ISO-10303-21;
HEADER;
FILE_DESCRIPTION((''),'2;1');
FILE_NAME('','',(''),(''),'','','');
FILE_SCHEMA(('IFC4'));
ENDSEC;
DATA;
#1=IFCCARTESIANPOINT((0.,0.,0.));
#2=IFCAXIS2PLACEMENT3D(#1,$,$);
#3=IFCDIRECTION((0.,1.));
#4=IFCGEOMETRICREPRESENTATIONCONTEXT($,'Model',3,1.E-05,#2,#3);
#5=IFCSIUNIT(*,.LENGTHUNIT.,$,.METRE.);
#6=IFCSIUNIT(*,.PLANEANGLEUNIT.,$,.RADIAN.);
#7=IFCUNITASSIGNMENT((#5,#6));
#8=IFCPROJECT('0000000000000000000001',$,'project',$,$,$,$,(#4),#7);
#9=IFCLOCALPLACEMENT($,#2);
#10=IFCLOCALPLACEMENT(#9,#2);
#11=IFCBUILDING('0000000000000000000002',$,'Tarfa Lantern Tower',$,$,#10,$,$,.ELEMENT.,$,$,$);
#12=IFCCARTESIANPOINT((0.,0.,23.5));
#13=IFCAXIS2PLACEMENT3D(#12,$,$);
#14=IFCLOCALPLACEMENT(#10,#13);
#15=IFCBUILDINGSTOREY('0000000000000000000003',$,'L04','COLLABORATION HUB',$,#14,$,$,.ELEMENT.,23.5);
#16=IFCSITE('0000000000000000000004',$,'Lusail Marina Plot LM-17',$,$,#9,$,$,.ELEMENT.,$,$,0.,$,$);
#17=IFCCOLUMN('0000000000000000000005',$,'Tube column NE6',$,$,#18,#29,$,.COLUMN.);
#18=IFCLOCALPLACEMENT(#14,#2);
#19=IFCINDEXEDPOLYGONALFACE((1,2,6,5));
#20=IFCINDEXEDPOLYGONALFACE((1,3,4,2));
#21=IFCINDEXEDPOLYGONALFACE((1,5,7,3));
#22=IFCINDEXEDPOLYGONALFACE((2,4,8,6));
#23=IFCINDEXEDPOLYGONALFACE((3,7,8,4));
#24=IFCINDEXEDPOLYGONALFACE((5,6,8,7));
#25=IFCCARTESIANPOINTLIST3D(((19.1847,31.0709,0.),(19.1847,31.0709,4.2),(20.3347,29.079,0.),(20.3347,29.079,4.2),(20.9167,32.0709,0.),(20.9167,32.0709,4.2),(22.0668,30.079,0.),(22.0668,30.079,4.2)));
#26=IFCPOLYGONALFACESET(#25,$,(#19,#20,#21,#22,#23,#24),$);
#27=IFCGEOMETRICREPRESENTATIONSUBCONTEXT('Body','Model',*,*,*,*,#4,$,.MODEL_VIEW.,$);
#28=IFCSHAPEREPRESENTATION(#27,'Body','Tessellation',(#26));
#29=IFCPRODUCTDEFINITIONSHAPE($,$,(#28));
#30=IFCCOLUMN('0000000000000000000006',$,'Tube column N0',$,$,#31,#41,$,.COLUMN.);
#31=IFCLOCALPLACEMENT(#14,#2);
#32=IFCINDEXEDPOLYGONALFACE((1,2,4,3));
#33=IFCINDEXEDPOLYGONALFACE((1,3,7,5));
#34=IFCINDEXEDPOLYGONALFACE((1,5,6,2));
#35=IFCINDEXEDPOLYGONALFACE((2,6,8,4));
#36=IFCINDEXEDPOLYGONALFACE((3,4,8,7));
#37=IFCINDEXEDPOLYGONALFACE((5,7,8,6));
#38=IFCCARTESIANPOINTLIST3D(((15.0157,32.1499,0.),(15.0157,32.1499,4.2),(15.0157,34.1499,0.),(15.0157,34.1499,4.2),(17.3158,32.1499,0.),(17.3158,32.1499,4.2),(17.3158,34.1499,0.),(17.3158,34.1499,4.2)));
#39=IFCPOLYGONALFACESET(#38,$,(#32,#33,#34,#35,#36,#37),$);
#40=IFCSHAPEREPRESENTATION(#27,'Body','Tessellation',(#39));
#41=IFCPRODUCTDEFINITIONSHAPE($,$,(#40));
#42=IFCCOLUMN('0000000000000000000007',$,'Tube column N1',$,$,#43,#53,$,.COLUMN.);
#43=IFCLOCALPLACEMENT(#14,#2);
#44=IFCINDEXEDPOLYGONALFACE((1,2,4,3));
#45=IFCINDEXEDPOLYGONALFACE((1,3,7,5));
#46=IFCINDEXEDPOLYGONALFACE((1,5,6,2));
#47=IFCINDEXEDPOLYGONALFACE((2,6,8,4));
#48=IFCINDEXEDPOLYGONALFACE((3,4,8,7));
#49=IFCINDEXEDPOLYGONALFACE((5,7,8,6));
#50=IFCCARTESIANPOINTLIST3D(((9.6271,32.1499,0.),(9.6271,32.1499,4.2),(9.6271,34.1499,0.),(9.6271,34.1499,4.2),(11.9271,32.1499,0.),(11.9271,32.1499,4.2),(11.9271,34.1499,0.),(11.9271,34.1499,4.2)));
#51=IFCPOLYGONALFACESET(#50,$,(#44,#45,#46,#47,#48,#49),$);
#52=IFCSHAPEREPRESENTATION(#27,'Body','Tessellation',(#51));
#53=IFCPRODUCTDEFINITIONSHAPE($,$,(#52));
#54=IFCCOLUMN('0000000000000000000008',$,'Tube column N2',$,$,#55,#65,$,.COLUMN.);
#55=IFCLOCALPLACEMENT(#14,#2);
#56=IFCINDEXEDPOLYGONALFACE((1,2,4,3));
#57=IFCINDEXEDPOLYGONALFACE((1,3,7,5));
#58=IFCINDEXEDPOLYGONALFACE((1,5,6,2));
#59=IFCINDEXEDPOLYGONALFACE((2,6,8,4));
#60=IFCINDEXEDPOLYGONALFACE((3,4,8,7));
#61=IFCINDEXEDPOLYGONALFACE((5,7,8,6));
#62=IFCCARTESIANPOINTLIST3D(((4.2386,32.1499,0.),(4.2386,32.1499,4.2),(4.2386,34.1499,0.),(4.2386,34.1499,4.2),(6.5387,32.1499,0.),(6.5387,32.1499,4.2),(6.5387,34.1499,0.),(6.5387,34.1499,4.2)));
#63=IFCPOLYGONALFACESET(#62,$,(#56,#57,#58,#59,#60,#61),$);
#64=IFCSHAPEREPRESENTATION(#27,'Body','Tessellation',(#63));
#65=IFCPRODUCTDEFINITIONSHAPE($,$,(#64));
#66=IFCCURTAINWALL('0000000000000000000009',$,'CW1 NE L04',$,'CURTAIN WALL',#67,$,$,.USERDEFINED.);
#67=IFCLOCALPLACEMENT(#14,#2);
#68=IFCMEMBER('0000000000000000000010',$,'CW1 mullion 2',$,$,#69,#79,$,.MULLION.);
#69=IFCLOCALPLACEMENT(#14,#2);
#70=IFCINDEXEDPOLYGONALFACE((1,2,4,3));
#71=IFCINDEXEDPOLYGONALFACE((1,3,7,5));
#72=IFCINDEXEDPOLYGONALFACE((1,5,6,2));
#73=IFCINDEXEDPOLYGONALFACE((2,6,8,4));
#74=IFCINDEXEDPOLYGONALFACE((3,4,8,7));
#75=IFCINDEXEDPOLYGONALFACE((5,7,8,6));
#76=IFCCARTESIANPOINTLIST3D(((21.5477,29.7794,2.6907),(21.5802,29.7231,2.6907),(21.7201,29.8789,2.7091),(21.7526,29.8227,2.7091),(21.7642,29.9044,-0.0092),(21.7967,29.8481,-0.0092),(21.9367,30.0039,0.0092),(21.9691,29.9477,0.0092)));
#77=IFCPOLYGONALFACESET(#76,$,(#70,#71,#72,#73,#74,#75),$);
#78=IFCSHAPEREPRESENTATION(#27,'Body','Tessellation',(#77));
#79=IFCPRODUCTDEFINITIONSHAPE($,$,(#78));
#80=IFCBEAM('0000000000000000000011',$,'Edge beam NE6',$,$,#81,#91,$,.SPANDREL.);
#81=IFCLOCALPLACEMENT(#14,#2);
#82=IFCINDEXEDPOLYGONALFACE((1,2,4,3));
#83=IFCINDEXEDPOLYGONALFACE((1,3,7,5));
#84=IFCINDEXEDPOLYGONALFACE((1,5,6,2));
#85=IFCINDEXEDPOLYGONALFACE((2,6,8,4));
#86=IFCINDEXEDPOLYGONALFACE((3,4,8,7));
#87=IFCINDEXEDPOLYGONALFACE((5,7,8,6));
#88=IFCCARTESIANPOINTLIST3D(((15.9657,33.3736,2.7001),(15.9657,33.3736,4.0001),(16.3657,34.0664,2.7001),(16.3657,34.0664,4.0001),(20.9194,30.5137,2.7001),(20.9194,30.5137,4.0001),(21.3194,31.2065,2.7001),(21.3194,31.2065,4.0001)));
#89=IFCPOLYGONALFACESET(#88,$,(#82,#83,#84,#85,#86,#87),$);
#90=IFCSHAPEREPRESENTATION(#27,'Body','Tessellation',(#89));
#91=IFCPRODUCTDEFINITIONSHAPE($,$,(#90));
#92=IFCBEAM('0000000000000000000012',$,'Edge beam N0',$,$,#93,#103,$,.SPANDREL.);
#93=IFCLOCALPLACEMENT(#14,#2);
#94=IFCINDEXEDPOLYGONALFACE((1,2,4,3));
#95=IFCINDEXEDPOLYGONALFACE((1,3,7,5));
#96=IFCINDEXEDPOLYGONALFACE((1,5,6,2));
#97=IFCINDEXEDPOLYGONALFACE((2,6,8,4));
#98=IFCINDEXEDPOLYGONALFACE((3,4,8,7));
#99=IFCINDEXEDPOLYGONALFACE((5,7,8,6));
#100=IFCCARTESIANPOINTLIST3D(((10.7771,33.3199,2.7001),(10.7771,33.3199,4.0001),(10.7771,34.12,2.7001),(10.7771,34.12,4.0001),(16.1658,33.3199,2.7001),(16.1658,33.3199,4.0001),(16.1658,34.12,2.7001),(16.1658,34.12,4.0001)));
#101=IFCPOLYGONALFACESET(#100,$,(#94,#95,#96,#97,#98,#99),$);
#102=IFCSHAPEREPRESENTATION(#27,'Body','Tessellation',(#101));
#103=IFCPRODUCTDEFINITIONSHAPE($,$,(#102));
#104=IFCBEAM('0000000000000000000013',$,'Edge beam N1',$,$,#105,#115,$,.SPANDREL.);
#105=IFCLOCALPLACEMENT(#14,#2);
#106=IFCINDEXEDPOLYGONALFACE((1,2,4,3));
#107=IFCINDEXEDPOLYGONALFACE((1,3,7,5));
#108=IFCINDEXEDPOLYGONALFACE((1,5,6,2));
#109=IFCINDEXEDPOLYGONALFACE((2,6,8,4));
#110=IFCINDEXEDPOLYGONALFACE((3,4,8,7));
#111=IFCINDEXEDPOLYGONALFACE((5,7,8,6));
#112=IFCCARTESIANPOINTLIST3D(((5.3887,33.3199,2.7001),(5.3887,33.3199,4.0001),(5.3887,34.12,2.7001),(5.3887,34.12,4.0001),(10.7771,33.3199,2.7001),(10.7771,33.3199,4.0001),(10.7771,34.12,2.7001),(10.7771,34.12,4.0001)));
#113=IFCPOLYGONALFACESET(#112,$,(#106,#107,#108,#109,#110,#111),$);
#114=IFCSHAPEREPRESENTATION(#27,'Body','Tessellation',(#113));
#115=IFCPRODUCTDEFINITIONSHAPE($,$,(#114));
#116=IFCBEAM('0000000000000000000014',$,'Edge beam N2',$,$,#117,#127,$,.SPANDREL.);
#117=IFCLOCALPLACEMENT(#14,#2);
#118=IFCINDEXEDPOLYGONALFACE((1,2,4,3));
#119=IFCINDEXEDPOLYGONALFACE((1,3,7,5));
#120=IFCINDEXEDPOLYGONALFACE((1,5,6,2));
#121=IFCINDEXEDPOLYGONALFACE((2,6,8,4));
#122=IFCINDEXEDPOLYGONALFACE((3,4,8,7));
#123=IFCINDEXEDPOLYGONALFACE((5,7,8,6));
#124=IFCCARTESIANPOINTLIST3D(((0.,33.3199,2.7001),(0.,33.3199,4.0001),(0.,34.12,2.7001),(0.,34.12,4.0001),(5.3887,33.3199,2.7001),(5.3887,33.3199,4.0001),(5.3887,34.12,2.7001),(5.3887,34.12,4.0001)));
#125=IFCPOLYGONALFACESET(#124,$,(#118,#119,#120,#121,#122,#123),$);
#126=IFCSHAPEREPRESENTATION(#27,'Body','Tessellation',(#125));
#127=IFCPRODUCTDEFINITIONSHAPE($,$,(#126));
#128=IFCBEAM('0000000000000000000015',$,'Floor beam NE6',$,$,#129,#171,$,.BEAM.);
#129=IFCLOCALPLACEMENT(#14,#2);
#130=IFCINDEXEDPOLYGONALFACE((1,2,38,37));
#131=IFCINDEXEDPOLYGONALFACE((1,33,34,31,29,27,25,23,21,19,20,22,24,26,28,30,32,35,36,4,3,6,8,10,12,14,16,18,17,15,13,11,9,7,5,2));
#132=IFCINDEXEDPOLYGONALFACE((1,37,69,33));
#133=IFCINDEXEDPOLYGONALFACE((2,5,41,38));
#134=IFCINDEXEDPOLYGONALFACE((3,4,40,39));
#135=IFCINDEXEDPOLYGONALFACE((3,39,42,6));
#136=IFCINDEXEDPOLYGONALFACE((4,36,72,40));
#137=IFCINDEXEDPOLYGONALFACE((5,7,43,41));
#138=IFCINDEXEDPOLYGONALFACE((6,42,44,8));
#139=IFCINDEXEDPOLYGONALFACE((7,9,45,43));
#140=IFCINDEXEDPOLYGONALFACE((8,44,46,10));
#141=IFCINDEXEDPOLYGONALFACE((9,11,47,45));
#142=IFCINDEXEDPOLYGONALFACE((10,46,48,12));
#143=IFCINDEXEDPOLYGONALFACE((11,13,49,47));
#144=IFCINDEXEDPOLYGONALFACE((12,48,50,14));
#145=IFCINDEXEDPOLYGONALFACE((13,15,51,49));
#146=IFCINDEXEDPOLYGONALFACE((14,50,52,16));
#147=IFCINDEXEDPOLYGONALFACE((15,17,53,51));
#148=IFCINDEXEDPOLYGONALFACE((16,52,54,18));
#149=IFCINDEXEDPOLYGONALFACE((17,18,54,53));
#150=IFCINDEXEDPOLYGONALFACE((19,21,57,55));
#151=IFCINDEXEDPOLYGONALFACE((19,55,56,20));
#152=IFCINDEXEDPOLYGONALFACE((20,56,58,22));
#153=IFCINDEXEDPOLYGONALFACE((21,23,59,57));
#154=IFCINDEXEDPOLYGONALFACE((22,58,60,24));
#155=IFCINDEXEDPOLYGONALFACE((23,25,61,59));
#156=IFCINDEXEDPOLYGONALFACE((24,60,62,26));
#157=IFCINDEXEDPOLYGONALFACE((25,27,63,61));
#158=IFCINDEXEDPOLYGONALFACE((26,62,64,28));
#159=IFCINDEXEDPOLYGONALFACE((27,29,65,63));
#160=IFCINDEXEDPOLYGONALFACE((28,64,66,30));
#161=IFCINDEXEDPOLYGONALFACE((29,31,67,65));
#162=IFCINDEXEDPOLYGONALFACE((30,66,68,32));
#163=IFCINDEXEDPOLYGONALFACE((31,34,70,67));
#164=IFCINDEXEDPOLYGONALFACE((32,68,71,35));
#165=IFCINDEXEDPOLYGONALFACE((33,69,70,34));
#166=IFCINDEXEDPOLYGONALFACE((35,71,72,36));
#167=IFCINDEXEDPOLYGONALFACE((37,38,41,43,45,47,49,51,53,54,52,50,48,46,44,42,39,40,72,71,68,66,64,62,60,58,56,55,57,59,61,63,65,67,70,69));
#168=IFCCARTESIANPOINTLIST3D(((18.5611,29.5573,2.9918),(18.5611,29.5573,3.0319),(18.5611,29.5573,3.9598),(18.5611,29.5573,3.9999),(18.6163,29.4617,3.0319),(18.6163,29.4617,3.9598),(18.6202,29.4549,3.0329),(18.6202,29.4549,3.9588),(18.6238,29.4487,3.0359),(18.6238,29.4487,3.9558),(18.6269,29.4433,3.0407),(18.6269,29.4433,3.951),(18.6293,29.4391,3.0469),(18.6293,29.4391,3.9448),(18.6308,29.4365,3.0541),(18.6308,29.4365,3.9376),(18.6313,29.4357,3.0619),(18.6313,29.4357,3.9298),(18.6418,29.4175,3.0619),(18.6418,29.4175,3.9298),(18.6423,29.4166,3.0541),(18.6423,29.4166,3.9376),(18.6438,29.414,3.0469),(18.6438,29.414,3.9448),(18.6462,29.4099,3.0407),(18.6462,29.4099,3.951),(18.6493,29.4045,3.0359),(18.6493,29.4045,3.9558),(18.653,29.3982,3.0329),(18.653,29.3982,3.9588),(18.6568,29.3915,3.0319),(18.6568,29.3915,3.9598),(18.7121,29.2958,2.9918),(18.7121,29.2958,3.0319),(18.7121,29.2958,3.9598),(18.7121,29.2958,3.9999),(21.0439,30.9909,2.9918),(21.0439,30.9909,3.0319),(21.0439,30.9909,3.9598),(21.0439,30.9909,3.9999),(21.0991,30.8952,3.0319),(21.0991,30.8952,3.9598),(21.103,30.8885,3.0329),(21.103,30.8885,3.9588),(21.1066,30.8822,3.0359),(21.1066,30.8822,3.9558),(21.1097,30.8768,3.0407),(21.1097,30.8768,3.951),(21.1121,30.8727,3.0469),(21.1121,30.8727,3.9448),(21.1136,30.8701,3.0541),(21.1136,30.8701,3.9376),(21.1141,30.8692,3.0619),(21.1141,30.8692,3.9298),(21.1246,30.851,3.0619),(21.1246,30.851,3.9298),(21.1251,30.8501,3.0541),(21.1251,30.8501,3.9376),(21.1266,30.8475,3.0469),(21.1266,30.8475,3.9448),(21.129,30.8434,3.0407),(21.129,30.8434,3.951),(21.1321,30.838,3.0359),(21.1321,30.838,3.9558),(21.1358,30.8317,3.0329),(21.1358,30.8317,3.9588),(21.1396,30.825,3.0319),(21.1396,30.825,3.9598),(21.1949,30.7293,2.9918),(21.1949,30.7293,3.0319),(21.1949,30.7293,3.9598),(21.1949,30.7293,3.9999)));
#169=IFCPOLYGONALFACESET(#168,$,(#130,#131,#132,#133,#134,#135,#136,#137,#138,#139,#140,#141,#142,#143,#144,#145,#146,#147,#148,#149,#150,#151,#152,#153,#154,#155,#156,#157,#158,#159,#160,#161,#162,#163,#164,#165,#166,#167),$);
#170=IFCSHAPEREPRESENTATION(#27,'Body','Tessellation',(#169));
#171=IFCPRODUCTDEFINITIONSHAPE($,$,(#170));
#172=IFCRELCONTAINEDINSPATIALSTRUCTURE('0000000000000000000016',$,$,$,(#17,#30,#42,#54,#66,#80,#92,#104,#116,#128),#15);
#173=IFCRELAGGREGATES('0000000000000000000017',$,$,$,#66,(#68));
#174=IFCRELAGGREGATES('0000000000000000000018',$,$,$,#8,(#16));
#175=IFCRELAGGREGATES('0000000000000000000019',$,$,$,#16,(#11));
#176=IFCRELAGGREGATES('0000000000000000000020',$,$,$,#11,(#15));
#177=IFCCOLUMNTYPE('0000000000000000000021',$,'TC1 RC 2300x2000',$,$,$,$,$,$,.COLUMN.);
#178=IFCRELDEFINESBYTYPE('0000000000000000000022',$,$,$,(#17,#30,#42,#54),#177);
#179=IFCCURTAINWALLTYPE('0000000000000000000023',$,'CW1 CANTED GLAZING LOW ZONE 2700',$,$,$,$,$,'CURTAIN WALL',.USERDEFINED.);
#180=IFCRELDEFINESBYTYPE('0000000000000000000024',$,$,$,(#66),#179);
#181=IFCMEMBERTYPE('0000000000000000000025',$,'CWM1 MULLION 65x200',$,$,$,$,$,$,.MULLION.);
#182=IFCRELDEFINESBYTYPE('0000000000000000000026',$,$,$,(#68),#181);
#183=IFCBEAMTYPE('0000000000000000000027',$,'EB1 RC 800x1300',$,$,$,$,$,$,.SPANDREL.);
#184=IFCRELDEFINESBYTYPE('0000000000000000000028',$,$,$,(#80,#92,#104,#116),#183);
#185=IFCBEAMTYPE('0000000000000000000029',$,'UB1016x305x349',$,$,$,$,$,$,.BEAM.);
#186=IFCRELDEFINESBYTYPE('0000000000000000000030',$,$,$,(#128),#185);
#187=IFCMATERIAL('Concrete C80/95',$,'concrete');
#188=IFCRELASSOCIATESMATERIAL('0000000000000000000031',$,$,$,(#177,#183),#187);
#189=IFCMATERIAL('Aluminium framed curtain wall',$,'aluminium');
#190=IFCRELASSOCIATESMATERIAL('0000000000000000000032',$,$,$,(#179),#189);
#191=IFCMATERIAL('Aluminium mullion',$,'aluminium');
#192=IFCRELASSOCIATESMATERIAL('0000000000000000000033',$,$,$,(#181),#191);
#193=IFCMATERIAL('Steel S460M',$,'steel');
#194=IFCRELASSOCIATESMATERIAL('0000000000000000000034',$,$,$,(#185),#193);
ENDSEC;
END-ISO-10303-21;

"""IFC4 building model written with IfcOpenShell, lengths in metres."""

from ifc_helpers import new_model, si_unit, direction, frame, origin, origin_2d, place, context, subcontext, project, spatial, rectangle, i_section, extrude, material, material_profile, profile_set, type_object, element, aggregate, save


model = new_model("IFC4")

# Units and contexts
model_context = context("Model", 3, precision=1e-05, world=origin(), true_north=direction((0.0, 1.0)))
body_context = subcontext(model_context, "Body", "Model", "MODEL_VIEW")
ifc_project = project(units=[si_unit("LENGTHUNIT", "METRE"), si_unit("PLANEANGLEUNIT", "RADIAN")], contexts=[model_context])

# Site, building, storey
site_placement = place(None, origin())
site = spatial("IfcSite", under=ifc_project, at=site_placement, Name="Lusail Marina Plot LM-17", CompositionType="ELEMENT", RefElevation=0.0)
building_placement = place(site_placement, origin())
building = spatial("IfcBuilding", under=site, at=building_placement, Name="Tarfa Lantern Tower", CompositionType="ELEMENT")
storey_placement = place(building_placement, frame((0.0, 0.0, 23.5)))
storey = spatial("IfcBuildingStorey", under=building, at=storey_placement, Name="L04", Description="COLLABORATION HUB", CompositionType="ELEMENT", Elevation=23.5)

# Columns
ifc_material_1 = material(Name="Concrete C80/95", Category="concrete")
ifc_material_profile_1 = material_profile(ifc_material_1, rectangle(XDim=2.3, YDim=2.0, at=origin_2d()), Name="RC 2300x2000")
ifc_profile_set_1 = profile_set([ifc_material_profile_1], Name="Concrete C80/95")
column_type = type_object("IfcColumnType", Name="TC1 RC 2300x2000", PredefinedType="COLUMN", material=ifc_profile_set_1)
for number, where, z_axis, x_axis, name in (
    (1, (20.6257, 30.575, 0.0), (0.0, 0.0, 1.0), (-0.5, 0.866025, 0.0), "Tube column NE6"),
    (2, (16.1658, 33.1499, 0.0), (0.0, 0.0, 1.0), (-1.0, 0.0, 0.0), "Tube column N0"),
    (3, (10.7771, 33.1499, 0.0), (0.0, 0.0, 1.0), (-1.0, 0.0, 0.0), "Tube column N1"),
    (4, (5.3887, 33.1499, 0.0), (0.0, 0.0, 1.0), (-1.0, 0.0, 0.0), "Tube column N2"),
):
    element("IfcColumn", number, at=place(storey_placement, frame(where, z_axis=z_axis, x_axis=x_axis)), inside=storey, type_object=column_type, Name=name, PredefinedType="COLUMN", context=body_context, shape_type="SweptSolid", body=[
        extrude(rectangle(XDim=2.3, YDim=2.0, at=origin_2d()), origin(), (0.0, 0.0, 1.0), 4.2),
    ])

# Curtain wall, member
ifc_material_2 = material(Name="Aluminium framed curtain wall", Category="aluminium")
curtain_wall_type = type_object("IfcCurtainWallType", Name="CW1 CANTED GLAZING LOW ZONE 2700", ElementType="CURTAIN WALL", PredefinedType="USERDEFINED", material=ifc_material_2)
curtain_wall_placement = place(storey_placement, origin())
curtain_wall = element("IfcCurtainWall", 5, at=curtain_wall_placement, inside=storey, type_object=curtain_wall_type, Name="CW1 NE L04", ObjectType="CURTAIN WALL", PredefinedType="USERDEFINED")
ifc_material_3 = material(Name="Aluminium mullion", Category="aluminium")
ifc_material_profile_2 = material_profile(ifc_material_3, rectangle(XDim=0.0649, YDim=0.2, at=origin_2d()), Name="AL MULLION 65x200")
ifc_profile_set_2 = profile_set([ifc_material_profile_2], Name="Aluminium mullion")
member_type = type_object("IfcMemberType", Name="CWM1 MULLION 65x200", PredefinedType="MULLION", material=ifc_profile_set_2)
member_placement = place(storey_placement, frame((21.8667, 29.926, 0.0), z_axis=(-0.079864, -0.0461, 0.995739), x_axis=(0.49992, -0.866072, 0.0)))
member = element("IfcMember", 6, at=member_placement, type_object=member_type, Name="CW1 mullion 2", PredefinedType="MULLION", context=body_context, shape_type="SweptSolid", body=[
    extrude(rectangle(XDim=0.0649, YDim=0.2, at=origin_2d()), origin(), (0.0, 0.0, 1.0), 2.7114),
])
aggregate(curtain_wall, [member])

# Beams
ifc_material_profile_3 = material_profile(ifc_material_1, rectangle(XDim=0.8, YDim=1.3, at=origin_2d()), Name="RC 800x1300")
ifc_profile_set_3 = profile_set([ifc_material_profile_3], Name="Concrete C80/95")
beam_type_1 = type_object("IfcBeamType", Name="EB1 RC 800x1300", PredefinedType="SPANDREL", material=ifc_profile_set_3)
beam_1_placement = place(storey_placement, frame((21.1194, 30.8601, 3.3501), z_axis=(-0.866033, 0.499986, 0.0), x_axis=(-0.499986, -0.866033, 0.0)))
element("IfcBeam", 7, at=beam_1_placement, inside=storey, type_object=beam_type_1, Name="Edge beam NE6", PredefinedType="SPANDREL", context=body_context, shape_type="SweptSolid", body=[
    extrude(rectangle(XDim=0.8, YDim=1.3, at=origin_2d()), origin(), (0.0, 0.0, 1.0), 5.72),
])
beam_2_placement = place(storey_placement, frame((16.1658, 33.72, 3.3501), z_axis=(-1.0, 0.0, 0.0), x_axis=(0.0, -1.0, 0.0)))
element("IfcBeam", 8, at=beam_2_placement, inside=storey, type_object=beam_type_1, Name="Edge beam N0", PredefinedType="SPANDREL", context=body_context, shape_type="SweptSolid", body=[
    extrude(rectangle(XDim=0.8, YDim=1.3, at=origin_2d()), origin(), (0.0, 0.0, 1.0), 5.3887),
])
beam_3_placement = place(storey_placement, frame((10.7771, 33.72, 3.3501), z_axis=(-1.0, 0.0, 0.0), x_axis=(0.0, -1.0, 0.0)))
element("IfcBeam", 9, at=beam_3_placement, inside=storey, type_object=beam_type_1, Name="Edge beam N1", PredefinedType="SPANDREL", context=body_context, shape_type="SweptSolid", body=[
    extrude(rectangle(XDim=0.8, YDim=1.3, at=origin_2d()), origin(), (0.0, 0.0, 1.0), 5.3884),
])
beam_4_placement = place(storey_placement, frame((5.3887, 33.72, 3.3501), z_axis=(-1.0, 0.0, 0.0), x_axis=(0.0, -1.0, 0.0)))
element("IfcBeam", 10, at=beam_4_placement, inside=storey, type_object=beam_type_1, Name="Edge beam N2", PredefinedType="SPANDREL", context=body_context, shape_type="SweptSolid", body=[
    extrude(rectangle(XDim=0.8, YDim=1.3, at=origin_2d()), origin(), (0.0, 0.0, 1.0), 5.3887),
])
ifc_material_4 = material(Name="Steel S460M", Category="steel")
ifc_material_profile_4 = material_profile(ifc_material_4, i_section(OverallWidth=0.302, OverallDepth=1.0081, WebThickness=0.021, FlangeThickness=0.04, FilletRadius=0.03, at=origin_2d()), Name="UB1016x305x349")
ifc_profile_set_4 = profile_set([ifc_material_profile_4], Name="Steel S460M")
beam_type_2 = type_object("IfcBeamType", Name="UB1016x305x349", PredefinedType="BEAM", material=ifc_profile_set_4)
beam_5_placement = place(storey_placement, frame((21.1194, 30.8601, 3.4958), z_axis=(-0.866013, -0.500022, 0.0), x_axis=(0.500022, -0.866013, 0.0)))
element("IfcBeam", 11, at=beam_5_placement, inside=storey, type_object=beam_type_2, Name="Floor beam NE6", PredefinedType="BEAM", context=body_context, shape_type="SweptSolid", body=[
    extrude(i_section(OverallWidth=0.302, OverallDepth=1.0081, WebThickness=0.021, FlangeThickness=0.04, FilletRadius=0.03, at=origin_2d()), origin(), (0.0, 0.0, 1.0), 2.8669),
])

save(model, "model.ifc")
